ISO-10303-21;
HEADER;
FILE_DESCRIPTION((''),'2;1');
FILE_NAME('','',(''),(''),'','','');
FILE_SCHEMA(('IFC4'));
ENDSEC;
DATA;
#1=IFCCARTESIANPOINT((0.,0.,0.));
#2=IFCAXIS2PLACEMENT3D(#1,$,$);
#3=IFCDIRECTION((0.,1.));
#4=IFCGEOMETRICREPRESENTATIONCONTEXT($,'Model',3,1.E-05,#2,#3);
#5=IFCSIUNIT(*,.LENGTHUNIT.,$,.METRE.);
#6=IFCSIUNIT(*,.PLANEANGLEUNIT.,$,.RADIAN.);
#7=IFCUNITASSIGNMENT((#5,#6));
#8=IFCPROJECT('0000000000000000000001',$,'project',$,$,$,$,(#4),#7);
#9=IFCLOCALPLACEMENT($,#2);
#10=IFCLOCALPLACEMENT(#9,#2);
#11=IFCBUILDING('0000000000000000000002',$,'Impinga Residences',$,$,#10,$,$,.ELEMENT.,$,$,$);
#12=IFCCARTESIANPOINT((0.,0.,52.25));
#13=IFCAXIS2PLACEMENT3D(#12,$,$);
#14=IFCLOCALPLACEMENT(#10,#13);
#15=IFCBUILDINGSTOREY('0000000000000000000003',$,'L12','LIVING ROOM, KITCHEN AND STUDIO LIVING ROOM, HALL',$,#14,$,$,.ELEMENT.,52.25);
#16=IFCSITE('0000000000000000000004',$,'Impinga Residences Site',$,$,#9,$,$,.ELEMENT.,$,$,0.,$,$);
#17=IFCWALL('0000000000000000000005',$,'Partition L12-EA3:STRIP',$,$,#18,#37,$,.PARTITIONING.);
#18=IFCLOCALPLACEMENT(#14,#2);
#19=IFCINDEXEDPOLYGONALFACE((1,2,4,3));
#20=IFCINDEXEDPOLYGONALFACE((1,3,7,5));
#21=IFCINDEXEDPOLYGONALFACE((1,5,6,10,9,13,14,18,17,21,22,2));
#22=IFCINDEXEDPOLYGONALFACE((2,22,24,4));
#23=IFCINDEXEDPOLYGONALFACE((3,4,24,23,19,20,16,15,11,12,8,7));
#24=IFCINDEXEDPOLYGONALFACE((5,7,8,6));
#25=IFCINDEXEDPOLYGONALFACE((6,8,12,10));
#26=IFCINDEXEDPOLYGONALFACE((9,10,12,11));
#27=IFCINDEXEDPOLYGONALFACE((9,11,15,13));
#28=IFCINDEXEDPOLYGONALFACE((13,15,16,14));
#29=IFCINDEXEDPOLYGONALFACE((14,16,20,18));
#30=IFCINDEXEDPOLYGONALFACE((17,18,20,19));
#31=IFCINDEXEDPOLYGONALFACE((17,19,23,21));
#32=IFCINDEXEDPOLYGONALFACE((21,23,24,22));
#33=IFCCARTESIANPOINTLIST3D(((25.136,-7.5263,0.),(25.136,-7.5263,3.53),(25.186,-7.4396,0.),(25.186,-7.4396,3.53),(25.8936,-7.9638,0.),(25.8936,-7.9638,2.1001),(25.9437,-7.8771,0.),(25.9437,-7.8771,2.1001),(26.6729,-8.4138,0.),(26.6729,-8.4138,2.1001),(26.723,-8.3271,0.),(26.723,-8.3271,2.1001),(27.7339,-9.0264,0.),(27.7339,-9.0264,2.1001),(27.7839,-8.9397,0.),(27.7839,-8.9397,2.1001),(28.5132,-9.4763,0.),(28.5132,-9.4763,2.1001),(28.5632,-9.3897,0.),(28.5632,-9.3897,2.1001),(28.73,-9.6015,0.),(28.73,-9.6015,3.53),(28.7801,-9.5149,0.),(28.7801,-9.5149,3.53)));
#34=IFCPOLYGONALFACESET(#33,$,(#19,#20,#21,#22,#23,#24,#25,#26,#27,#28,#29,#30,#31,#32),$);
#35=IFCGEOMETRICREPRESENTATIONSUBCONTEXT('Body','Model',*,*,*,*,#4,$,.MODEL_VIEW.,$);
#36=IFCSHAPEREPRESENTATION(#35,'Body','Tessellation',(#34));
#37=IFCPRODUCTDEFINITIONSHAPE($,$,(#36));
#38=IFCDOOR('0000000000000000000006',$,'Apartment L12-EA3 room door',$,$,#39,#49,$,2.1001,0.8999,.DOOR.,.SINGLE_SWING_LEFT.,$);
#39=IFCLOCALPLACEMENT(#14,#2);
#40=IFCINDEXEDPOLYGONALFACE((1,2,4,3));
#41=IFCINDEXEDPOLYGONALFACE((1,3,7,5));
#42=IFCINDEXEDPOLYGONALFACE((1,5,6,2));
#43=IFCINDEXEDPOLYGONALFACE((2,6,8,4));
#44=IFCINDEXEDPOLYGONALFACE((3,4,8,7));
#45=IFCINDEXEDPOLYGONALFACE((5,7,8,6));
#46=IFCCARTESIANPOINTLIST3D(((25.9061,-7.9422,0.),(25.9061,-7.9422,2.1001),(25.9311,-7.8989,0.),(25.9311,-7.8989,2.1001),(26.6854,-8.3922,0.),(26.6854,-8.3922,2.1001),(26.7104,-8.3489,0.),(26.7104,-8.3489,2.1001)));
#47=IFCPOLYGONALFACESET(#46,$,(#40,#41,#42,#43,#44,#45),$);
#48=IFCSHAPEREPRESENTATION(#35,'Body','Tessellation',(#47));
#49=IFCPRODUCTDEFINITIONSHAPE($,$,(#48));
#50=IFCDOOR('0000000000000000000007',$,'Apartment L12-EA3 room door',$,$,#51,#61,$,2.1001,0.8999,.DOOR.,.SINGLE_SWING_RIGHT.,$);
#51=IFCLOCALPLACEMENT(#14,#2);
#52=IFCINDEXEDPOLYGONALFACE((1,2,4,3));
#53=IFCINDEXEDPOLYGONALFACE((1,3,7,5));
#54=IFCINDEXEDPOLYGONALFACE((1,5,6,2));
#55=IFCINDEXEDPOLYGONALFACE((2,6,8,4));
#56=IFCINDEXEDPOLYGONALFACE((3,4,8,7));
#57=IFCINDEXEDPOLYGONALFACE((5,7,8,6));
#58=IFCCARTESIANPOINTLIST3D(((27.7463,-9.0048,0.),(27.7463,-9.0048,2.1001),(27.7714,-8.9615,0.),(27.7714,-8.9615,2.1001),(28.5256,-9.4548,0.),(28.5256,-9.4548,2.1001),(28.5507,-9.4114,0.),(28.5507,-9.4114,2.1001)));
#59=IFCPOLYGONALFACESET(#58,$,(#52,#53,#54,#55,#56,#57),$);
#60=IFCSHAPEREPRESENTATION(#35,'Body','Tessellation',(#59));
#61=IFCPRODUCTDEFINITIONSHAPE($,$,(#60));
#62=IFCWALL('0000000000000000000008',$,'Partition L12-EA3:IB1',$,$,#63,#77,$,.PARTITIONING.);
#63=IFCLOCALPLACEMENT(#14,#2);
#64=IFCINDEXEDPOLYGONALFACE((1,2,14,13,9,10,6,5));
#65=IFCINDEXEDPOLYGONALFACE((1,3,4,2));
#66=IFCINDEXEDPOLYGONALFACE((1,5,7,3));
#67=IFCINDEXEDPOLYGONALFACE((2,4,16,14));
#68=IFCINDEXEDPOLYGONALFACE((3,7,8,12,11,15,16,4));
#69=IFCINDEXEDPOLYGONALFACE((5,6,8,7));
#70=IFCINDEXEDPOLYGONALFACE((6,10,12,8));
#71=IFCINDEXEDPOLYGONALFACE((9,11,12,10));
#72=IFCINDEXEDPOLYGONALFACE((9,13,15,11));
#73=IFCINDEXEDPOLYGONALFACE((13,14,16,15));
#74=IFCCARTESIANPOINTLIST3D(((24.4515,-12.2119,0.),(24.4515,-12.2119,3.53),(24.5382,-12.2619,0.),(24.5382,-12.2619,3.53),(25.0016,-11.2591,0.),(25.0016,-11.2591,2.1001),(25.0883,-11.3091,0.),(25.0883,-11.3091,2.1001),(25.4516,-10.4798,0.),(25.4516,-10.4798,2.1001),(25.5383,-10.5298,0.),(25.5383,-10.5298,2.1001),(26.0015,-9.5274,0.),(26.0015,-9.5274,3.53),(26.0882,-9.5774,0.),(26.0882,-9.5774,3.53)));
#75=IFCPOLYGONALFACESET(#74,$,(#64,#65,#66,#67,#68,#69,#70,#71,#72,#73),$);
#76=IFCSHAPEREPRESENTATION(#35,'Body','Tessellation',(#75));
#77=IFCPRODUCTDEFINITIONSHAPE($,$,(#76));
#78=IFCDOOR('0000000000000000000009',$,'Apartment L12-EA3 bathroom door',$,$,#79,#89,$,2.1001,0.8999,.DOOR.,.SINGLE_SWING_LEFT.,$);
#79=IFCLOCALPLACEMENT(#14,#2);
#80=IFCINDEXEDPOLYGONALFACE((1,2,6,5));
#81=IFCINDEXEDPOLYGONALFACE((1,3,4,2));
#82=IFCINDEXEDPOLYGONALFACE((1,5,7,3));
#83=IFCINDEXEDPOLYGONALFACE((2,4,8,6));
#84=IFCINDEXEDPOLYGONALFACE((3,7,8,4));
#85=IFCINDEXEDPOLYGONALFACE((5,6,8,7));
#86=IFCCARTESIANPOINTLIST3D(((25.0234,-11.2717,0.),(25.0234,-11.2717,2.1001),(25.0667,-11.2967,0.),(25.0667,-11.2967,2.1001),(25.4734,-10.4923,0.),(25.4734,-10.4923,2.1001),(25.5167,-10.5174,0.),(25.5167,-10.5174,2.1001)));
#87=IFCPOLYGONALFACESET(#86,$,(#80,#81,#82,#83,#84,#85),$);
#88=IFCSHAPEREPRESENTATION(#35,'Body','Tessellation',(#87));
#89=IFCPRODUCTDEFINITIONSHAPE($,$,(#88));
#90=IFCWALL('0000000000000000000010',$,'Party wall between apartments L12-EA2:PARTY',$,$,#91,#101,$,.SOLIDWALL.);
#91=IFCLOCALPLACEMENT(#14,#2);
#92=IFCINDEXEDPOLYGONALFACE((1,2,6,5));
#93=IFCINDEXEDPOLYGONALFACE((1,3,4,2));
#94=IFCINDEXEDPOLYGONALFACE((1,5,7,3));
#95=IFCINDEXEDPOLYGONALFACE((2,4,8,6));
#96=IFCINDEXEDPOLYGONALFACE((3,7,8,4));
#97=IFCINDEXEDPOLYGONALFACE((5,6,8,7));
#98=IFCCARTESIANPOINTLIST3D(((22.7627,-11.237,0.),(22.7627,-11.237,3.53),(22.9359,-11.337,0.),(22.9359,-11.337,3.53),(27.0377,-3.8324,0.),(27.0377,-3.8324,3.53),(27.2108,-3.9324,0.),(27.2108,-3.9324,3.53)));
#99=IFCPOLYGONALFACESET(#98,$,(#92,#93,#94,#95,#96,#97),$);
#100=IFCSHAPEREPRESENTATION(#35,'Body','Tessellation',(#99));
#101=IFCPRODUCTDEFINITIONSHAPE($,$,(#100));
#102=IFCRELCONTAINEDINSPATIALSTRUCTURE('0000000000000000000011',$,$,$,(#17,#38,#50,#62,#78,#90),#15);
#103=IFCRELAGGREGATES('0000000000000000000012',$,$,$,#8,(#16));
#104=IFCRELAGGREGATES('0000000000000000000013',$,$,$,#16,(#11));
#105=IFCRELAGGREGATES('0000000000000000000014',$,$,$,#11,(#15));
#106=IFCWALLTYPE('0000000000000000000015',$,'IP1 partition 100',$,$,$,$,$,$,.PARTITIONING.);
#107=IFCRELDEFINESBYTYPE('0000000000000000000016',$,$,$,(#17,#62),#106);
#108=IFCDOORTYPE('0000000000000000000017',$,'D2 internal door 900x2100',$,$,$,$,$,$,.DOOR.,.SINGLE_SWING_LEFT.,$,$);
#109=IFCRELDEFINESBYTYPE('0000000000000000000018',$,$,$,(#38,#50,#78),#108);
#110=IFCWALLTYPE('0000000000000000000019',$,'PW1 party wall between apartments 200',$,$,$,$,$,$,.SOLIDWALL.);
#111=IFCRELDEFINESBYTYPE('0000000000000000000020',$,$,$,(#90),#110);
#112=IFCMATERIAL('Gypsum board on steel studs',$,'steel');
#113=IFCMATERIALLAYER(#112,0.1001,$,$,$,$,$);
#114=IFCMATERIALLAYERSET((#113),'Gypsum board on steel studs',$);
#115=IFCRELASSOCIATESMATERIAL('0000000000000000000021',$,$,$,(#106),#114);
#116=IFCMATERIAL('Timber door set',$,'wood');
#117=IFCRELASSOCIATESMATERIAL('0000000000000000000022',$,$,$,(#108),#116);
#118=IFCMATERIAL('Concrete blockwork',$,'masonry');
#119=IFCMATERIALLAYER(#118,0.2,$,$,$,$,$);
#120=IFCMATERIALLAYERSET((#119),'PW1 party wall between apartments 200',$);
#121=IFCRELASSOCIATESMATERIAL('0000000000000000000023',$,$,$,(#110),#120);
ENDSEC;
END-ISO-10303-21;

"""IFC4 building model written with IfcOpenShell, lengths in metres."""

from ifc_helpers import new_model, si_unit, direction, frame, frame_2d, origin, place, context, subcontext, project, spatial, rectangle, extrude, material, layer, layer_set, type_object, element, fill, save


model = new_model("IFC4")

# Units and contexts
model_context = context("Model", 3, precision=1e-05, world=origin(), true_north=direction((0.0, 1.0)))
body_context = subcontext(model_context, "Body", "Model", "MODEL_VIEW")
ifc_project = project(units=[si_unit("LENGTHUNIT", "METRE"), si_unit("PLANEANGLEUNIT", "RADIAN")], contexts=[model_context])

# Site, building, storey
site_placement = place(None, origin())
site = spatial("IfcSite", under=ifc_project, at=site_placement, Name="Impinga Residences Site", CompositionType="ELEMENT", RefElevation=0.0)
building_placement = place(site_placement, origin())
building = spatial("IfcBuilding", under=site, at=building_placement, Name="Impinga Residences", CompositionType="ELEMENT")
storey_placement = place(building_placement, frame((0.0, 0.0, 52.25)))
storey = spatial("IfcBuildingStorey", under=building, at=storey_placement, Name="L12", Description="LIVING ROOM, KITCHEN AND STUDIO LIVING ROOM, HALL", CompositionType="ELEMENT", Elevation=52.25)

# Shared definitions
ifc_material_1 = material(Name="Concrete blockwork", Category="masonry")
ifc_material_2 = material(Name="Timber door set", Category="wood")

# Shared definitions
ifc_material_3 = material(Name="Gypsum board on steel studs", Category="steel")
ifc_layer_1 = layer(ifc_material_3, 0.1001)
ifc_layer_set_1 = layer_set([ifc_layer_1], Name="Gypsum board on steel studs")
wall_type_1 = type_object("IfcWallType", Name="IP1 partition 100", PredefinedType="PARTITIONING", material=ifc_layer_set_1)

# Shared definitions
door_type_1 = type_object("IfcDoorType", Name="D2 internal door 900x2100", OperationType="SINGLE_SWING_LEFT", PredefinedType="DOOR", material=ifc_material_2)

# Wall, openings, doors
wall_1_placement = place(storey_placement, frame((25.1609, -7.4829, 0.0), z_axis=(0.0, 0.0, 1.0), x_axis=(0.866004, -0.500036, 0.0)))
wall_1 = element("IfcWall", 1, at=wall_1_placement, inside=storey, type_object=wall_type_1, Name="Partition L12-EA3:STRIP", PredefinedType="PARTITIONING", context=body_context, shape_type="SweptSolid", body=[
    extrude(rectangle(XDim=4.1501, YDim=0.1001, at=frame_2d((2.0752, 0.0))), origin(), (0.0, 0.0, 1.0), 3.53),
])
opening_1_placement = place(wall_1_placement, frame((0.875, 0.0, 0.0)))
opening_1 = element("IfcOpeningElement", 2, at=opening_1_placement, cuts=wall_1, PredefinedType="OPENING", context=body_context, shape_type="SweptSolid", body=[
    extrude(rectangle(XDim=0.8999, YDim=2.1001, at=frame_2d((0.45, 1.05))), frame((0.0, 0.0601, 0.0), z_axis=(0.0, -1.0, 0.0), x_axis=(1.0, 0.0, 0.0)), (0.0, 0.0, 1.0), 0.1201),
])
opening_2_placement = place(wall_1_placement, frame((3.0, 0.0, 0.0)))
opening_2 = element("IfcOpeningElement", 3, at=opening_2_placement, cuts=wall_1, PredefinedType="OPENING", context=body_context, shape_type="SweptSolid", body=[
    extrude(rectangle(XDim=0.8999, YDim=2.1001, at=frame_2d((0.45, 1.05))), frame((0.0, 0.0601, 0.0), z_axis=(0.0, -1.0, 0.0), x_axis=(1.0, 0.0, 0.0)), (0.0, 0.0, 1.0), 0.1201),
])
door_1_placement = place(opening_1_placement, origin())
door_1 = element("IfcDoor", 4, at=door_1_placement, inside=storey, type_object=door_type_1, Name="Apartment L12-EA3 room door", OperationType="SINGLE_SWING_LEFT", OverallHeight=2.1001, OverallWidth=0.8999, PredefinedType="DOOR", context=body_context, shape_type="SweptSolid", body=[
    extrude(rectangle(XDim=0.8999, YDim=2.1001, at=frame_2d((0.45, 1.05))), frame((0.0, 0.0249, 0.0), z_axis=(0.0, -1.0, 0.0), x_axis=(1.0, 0.0, 0.0)), (0.0, 0.0, 1.0), 0.05),
])
fill(opening_1, door_1)
door_2_placement = place(opening_2_placement, origin())
door_2 = element("IfcDoor", 5, at=door_2_placement, inside=storey, type_object=door_type_1, Name="Apartment L12-EA3 room door", OperationType="SINGLE_SWING_RIGHT", OverallHeight=2.1001, OverallWidth=0.8999, PredefinedType="DOOR", context=body_context, shape_type="SweptSolid", body=[
    extrude(rectangle(XDim=0.8999, YDim=2.1001, at=frame_2d((0.45, 1.05))), frame((0.0, 0.0249, 0.0), z_axis=(0.0, -1.0, 0.0), x_axis=(1.0, 0.0, 0.0)), (0.0, 0.0, 1.0), 0.05),
])
fill(opening_2, door_2)

# Wall, opening, door
wall_2_placement = place(storey_placement, frame((24.4949, -12.2368, 0.0), z_axis=(0.0, 0.0, 1.0), x_axis=(0.500027, 0.86601, 0.0)))
wall_2 = element("IfcWall", 6, at=wall_2_placement, inside=storey, type_object=wall_type_1, Name="Partition L12-EA3:IB1", PredefinedType="PARTITIONING", context=body_context, shape_type="SweptSolid", body=[
    extrude(rectangle(XDim=3.0999, YDim=0.1001, at=frame_2d((1.5498, 0.0))), origin(), (0.0, 0.0, 1.0), 3.53),
])
opening_3_placement = place(wall_2_placement, frame((1.1001, 0.0, 0.0)))
opening_3 = element("IfcOpeningElement", 7, at=opening_3_placement, cuts=wall_2, PredefinedType="OPENING", context=body_context, shape_type="SweptSolid", body=[
    extrude(rectangle(XDim=0.8999, YDim=2.1001, at=frame_2d((0.45, 1.05))), frame((0.0, 0.0601, 0.0), z_axis=(0.0, -1.0, 0.0), x_axis=(1.0, 0.0, 0.0)), (0.0, 0.0, 1.0), 0.1201),
])
door_3_placement = place(opening_3_placement, origin())
door_3 = element("IfcDoor", 8, at=door_3_placement, inside=storey, type_object=door_type_1, Name="Apartment L12-EA3 bathroom door", OperationType="SINGLE_SWING_LEFT", OverallHeight=2.1001, OverallWidth=0.8999, PredefinedType="DOOR", context=body_context, shape_type="SweptSolid", body=[
    extrude(rectangle(XDim=0.8999, YDim=2.1001, at=frame_2d((0.45, 1.05))), frame((0.0, 0.0249, 0.0), z_axis=(0.0, -1.0, 0.0), x_axis=(1.0, 0.0, 0.0)), (0.0, 0.0, 1.0), 0.05),
])
fill(opening_3, door_3)

# Wall
ifc_layer_2 = layer(ifc_material_1, 0.2)
ifc_layer_set_2 = layer_set([ifc_layer_2], Name="PW1 party wall between apartments 200")
wall_type_2 = type_object("IfcWallType", Name="PW1 party wall between apartments 200", PredefinedType="SOLIDWALL", material=ifc_layer_set_2)
wall_3_placement = place(storey_placement, frame((22.8494, -11.2869, 0.0), z_axis=(0.0, 0.0, 1.0), x_axis=(0.49999, 0.866031, 0.0)))
element("IfcWall", 9, at=wall_3_placement, inside=storey, type_object=wall_type_2, Name="Party wall between apartments L12-EA2:PARTY", PredefinedType="SOLIDWALL", context=body_context, shape_type="SweptSolid", body=[
    extrude(rectangle(XDim=8.55, YDim=0.2, at=frame_2d((4.2749, 0.0))), origin(), (0.0, 0.0, 1.0), 3.53),
])

save(model, "model.ifc")
